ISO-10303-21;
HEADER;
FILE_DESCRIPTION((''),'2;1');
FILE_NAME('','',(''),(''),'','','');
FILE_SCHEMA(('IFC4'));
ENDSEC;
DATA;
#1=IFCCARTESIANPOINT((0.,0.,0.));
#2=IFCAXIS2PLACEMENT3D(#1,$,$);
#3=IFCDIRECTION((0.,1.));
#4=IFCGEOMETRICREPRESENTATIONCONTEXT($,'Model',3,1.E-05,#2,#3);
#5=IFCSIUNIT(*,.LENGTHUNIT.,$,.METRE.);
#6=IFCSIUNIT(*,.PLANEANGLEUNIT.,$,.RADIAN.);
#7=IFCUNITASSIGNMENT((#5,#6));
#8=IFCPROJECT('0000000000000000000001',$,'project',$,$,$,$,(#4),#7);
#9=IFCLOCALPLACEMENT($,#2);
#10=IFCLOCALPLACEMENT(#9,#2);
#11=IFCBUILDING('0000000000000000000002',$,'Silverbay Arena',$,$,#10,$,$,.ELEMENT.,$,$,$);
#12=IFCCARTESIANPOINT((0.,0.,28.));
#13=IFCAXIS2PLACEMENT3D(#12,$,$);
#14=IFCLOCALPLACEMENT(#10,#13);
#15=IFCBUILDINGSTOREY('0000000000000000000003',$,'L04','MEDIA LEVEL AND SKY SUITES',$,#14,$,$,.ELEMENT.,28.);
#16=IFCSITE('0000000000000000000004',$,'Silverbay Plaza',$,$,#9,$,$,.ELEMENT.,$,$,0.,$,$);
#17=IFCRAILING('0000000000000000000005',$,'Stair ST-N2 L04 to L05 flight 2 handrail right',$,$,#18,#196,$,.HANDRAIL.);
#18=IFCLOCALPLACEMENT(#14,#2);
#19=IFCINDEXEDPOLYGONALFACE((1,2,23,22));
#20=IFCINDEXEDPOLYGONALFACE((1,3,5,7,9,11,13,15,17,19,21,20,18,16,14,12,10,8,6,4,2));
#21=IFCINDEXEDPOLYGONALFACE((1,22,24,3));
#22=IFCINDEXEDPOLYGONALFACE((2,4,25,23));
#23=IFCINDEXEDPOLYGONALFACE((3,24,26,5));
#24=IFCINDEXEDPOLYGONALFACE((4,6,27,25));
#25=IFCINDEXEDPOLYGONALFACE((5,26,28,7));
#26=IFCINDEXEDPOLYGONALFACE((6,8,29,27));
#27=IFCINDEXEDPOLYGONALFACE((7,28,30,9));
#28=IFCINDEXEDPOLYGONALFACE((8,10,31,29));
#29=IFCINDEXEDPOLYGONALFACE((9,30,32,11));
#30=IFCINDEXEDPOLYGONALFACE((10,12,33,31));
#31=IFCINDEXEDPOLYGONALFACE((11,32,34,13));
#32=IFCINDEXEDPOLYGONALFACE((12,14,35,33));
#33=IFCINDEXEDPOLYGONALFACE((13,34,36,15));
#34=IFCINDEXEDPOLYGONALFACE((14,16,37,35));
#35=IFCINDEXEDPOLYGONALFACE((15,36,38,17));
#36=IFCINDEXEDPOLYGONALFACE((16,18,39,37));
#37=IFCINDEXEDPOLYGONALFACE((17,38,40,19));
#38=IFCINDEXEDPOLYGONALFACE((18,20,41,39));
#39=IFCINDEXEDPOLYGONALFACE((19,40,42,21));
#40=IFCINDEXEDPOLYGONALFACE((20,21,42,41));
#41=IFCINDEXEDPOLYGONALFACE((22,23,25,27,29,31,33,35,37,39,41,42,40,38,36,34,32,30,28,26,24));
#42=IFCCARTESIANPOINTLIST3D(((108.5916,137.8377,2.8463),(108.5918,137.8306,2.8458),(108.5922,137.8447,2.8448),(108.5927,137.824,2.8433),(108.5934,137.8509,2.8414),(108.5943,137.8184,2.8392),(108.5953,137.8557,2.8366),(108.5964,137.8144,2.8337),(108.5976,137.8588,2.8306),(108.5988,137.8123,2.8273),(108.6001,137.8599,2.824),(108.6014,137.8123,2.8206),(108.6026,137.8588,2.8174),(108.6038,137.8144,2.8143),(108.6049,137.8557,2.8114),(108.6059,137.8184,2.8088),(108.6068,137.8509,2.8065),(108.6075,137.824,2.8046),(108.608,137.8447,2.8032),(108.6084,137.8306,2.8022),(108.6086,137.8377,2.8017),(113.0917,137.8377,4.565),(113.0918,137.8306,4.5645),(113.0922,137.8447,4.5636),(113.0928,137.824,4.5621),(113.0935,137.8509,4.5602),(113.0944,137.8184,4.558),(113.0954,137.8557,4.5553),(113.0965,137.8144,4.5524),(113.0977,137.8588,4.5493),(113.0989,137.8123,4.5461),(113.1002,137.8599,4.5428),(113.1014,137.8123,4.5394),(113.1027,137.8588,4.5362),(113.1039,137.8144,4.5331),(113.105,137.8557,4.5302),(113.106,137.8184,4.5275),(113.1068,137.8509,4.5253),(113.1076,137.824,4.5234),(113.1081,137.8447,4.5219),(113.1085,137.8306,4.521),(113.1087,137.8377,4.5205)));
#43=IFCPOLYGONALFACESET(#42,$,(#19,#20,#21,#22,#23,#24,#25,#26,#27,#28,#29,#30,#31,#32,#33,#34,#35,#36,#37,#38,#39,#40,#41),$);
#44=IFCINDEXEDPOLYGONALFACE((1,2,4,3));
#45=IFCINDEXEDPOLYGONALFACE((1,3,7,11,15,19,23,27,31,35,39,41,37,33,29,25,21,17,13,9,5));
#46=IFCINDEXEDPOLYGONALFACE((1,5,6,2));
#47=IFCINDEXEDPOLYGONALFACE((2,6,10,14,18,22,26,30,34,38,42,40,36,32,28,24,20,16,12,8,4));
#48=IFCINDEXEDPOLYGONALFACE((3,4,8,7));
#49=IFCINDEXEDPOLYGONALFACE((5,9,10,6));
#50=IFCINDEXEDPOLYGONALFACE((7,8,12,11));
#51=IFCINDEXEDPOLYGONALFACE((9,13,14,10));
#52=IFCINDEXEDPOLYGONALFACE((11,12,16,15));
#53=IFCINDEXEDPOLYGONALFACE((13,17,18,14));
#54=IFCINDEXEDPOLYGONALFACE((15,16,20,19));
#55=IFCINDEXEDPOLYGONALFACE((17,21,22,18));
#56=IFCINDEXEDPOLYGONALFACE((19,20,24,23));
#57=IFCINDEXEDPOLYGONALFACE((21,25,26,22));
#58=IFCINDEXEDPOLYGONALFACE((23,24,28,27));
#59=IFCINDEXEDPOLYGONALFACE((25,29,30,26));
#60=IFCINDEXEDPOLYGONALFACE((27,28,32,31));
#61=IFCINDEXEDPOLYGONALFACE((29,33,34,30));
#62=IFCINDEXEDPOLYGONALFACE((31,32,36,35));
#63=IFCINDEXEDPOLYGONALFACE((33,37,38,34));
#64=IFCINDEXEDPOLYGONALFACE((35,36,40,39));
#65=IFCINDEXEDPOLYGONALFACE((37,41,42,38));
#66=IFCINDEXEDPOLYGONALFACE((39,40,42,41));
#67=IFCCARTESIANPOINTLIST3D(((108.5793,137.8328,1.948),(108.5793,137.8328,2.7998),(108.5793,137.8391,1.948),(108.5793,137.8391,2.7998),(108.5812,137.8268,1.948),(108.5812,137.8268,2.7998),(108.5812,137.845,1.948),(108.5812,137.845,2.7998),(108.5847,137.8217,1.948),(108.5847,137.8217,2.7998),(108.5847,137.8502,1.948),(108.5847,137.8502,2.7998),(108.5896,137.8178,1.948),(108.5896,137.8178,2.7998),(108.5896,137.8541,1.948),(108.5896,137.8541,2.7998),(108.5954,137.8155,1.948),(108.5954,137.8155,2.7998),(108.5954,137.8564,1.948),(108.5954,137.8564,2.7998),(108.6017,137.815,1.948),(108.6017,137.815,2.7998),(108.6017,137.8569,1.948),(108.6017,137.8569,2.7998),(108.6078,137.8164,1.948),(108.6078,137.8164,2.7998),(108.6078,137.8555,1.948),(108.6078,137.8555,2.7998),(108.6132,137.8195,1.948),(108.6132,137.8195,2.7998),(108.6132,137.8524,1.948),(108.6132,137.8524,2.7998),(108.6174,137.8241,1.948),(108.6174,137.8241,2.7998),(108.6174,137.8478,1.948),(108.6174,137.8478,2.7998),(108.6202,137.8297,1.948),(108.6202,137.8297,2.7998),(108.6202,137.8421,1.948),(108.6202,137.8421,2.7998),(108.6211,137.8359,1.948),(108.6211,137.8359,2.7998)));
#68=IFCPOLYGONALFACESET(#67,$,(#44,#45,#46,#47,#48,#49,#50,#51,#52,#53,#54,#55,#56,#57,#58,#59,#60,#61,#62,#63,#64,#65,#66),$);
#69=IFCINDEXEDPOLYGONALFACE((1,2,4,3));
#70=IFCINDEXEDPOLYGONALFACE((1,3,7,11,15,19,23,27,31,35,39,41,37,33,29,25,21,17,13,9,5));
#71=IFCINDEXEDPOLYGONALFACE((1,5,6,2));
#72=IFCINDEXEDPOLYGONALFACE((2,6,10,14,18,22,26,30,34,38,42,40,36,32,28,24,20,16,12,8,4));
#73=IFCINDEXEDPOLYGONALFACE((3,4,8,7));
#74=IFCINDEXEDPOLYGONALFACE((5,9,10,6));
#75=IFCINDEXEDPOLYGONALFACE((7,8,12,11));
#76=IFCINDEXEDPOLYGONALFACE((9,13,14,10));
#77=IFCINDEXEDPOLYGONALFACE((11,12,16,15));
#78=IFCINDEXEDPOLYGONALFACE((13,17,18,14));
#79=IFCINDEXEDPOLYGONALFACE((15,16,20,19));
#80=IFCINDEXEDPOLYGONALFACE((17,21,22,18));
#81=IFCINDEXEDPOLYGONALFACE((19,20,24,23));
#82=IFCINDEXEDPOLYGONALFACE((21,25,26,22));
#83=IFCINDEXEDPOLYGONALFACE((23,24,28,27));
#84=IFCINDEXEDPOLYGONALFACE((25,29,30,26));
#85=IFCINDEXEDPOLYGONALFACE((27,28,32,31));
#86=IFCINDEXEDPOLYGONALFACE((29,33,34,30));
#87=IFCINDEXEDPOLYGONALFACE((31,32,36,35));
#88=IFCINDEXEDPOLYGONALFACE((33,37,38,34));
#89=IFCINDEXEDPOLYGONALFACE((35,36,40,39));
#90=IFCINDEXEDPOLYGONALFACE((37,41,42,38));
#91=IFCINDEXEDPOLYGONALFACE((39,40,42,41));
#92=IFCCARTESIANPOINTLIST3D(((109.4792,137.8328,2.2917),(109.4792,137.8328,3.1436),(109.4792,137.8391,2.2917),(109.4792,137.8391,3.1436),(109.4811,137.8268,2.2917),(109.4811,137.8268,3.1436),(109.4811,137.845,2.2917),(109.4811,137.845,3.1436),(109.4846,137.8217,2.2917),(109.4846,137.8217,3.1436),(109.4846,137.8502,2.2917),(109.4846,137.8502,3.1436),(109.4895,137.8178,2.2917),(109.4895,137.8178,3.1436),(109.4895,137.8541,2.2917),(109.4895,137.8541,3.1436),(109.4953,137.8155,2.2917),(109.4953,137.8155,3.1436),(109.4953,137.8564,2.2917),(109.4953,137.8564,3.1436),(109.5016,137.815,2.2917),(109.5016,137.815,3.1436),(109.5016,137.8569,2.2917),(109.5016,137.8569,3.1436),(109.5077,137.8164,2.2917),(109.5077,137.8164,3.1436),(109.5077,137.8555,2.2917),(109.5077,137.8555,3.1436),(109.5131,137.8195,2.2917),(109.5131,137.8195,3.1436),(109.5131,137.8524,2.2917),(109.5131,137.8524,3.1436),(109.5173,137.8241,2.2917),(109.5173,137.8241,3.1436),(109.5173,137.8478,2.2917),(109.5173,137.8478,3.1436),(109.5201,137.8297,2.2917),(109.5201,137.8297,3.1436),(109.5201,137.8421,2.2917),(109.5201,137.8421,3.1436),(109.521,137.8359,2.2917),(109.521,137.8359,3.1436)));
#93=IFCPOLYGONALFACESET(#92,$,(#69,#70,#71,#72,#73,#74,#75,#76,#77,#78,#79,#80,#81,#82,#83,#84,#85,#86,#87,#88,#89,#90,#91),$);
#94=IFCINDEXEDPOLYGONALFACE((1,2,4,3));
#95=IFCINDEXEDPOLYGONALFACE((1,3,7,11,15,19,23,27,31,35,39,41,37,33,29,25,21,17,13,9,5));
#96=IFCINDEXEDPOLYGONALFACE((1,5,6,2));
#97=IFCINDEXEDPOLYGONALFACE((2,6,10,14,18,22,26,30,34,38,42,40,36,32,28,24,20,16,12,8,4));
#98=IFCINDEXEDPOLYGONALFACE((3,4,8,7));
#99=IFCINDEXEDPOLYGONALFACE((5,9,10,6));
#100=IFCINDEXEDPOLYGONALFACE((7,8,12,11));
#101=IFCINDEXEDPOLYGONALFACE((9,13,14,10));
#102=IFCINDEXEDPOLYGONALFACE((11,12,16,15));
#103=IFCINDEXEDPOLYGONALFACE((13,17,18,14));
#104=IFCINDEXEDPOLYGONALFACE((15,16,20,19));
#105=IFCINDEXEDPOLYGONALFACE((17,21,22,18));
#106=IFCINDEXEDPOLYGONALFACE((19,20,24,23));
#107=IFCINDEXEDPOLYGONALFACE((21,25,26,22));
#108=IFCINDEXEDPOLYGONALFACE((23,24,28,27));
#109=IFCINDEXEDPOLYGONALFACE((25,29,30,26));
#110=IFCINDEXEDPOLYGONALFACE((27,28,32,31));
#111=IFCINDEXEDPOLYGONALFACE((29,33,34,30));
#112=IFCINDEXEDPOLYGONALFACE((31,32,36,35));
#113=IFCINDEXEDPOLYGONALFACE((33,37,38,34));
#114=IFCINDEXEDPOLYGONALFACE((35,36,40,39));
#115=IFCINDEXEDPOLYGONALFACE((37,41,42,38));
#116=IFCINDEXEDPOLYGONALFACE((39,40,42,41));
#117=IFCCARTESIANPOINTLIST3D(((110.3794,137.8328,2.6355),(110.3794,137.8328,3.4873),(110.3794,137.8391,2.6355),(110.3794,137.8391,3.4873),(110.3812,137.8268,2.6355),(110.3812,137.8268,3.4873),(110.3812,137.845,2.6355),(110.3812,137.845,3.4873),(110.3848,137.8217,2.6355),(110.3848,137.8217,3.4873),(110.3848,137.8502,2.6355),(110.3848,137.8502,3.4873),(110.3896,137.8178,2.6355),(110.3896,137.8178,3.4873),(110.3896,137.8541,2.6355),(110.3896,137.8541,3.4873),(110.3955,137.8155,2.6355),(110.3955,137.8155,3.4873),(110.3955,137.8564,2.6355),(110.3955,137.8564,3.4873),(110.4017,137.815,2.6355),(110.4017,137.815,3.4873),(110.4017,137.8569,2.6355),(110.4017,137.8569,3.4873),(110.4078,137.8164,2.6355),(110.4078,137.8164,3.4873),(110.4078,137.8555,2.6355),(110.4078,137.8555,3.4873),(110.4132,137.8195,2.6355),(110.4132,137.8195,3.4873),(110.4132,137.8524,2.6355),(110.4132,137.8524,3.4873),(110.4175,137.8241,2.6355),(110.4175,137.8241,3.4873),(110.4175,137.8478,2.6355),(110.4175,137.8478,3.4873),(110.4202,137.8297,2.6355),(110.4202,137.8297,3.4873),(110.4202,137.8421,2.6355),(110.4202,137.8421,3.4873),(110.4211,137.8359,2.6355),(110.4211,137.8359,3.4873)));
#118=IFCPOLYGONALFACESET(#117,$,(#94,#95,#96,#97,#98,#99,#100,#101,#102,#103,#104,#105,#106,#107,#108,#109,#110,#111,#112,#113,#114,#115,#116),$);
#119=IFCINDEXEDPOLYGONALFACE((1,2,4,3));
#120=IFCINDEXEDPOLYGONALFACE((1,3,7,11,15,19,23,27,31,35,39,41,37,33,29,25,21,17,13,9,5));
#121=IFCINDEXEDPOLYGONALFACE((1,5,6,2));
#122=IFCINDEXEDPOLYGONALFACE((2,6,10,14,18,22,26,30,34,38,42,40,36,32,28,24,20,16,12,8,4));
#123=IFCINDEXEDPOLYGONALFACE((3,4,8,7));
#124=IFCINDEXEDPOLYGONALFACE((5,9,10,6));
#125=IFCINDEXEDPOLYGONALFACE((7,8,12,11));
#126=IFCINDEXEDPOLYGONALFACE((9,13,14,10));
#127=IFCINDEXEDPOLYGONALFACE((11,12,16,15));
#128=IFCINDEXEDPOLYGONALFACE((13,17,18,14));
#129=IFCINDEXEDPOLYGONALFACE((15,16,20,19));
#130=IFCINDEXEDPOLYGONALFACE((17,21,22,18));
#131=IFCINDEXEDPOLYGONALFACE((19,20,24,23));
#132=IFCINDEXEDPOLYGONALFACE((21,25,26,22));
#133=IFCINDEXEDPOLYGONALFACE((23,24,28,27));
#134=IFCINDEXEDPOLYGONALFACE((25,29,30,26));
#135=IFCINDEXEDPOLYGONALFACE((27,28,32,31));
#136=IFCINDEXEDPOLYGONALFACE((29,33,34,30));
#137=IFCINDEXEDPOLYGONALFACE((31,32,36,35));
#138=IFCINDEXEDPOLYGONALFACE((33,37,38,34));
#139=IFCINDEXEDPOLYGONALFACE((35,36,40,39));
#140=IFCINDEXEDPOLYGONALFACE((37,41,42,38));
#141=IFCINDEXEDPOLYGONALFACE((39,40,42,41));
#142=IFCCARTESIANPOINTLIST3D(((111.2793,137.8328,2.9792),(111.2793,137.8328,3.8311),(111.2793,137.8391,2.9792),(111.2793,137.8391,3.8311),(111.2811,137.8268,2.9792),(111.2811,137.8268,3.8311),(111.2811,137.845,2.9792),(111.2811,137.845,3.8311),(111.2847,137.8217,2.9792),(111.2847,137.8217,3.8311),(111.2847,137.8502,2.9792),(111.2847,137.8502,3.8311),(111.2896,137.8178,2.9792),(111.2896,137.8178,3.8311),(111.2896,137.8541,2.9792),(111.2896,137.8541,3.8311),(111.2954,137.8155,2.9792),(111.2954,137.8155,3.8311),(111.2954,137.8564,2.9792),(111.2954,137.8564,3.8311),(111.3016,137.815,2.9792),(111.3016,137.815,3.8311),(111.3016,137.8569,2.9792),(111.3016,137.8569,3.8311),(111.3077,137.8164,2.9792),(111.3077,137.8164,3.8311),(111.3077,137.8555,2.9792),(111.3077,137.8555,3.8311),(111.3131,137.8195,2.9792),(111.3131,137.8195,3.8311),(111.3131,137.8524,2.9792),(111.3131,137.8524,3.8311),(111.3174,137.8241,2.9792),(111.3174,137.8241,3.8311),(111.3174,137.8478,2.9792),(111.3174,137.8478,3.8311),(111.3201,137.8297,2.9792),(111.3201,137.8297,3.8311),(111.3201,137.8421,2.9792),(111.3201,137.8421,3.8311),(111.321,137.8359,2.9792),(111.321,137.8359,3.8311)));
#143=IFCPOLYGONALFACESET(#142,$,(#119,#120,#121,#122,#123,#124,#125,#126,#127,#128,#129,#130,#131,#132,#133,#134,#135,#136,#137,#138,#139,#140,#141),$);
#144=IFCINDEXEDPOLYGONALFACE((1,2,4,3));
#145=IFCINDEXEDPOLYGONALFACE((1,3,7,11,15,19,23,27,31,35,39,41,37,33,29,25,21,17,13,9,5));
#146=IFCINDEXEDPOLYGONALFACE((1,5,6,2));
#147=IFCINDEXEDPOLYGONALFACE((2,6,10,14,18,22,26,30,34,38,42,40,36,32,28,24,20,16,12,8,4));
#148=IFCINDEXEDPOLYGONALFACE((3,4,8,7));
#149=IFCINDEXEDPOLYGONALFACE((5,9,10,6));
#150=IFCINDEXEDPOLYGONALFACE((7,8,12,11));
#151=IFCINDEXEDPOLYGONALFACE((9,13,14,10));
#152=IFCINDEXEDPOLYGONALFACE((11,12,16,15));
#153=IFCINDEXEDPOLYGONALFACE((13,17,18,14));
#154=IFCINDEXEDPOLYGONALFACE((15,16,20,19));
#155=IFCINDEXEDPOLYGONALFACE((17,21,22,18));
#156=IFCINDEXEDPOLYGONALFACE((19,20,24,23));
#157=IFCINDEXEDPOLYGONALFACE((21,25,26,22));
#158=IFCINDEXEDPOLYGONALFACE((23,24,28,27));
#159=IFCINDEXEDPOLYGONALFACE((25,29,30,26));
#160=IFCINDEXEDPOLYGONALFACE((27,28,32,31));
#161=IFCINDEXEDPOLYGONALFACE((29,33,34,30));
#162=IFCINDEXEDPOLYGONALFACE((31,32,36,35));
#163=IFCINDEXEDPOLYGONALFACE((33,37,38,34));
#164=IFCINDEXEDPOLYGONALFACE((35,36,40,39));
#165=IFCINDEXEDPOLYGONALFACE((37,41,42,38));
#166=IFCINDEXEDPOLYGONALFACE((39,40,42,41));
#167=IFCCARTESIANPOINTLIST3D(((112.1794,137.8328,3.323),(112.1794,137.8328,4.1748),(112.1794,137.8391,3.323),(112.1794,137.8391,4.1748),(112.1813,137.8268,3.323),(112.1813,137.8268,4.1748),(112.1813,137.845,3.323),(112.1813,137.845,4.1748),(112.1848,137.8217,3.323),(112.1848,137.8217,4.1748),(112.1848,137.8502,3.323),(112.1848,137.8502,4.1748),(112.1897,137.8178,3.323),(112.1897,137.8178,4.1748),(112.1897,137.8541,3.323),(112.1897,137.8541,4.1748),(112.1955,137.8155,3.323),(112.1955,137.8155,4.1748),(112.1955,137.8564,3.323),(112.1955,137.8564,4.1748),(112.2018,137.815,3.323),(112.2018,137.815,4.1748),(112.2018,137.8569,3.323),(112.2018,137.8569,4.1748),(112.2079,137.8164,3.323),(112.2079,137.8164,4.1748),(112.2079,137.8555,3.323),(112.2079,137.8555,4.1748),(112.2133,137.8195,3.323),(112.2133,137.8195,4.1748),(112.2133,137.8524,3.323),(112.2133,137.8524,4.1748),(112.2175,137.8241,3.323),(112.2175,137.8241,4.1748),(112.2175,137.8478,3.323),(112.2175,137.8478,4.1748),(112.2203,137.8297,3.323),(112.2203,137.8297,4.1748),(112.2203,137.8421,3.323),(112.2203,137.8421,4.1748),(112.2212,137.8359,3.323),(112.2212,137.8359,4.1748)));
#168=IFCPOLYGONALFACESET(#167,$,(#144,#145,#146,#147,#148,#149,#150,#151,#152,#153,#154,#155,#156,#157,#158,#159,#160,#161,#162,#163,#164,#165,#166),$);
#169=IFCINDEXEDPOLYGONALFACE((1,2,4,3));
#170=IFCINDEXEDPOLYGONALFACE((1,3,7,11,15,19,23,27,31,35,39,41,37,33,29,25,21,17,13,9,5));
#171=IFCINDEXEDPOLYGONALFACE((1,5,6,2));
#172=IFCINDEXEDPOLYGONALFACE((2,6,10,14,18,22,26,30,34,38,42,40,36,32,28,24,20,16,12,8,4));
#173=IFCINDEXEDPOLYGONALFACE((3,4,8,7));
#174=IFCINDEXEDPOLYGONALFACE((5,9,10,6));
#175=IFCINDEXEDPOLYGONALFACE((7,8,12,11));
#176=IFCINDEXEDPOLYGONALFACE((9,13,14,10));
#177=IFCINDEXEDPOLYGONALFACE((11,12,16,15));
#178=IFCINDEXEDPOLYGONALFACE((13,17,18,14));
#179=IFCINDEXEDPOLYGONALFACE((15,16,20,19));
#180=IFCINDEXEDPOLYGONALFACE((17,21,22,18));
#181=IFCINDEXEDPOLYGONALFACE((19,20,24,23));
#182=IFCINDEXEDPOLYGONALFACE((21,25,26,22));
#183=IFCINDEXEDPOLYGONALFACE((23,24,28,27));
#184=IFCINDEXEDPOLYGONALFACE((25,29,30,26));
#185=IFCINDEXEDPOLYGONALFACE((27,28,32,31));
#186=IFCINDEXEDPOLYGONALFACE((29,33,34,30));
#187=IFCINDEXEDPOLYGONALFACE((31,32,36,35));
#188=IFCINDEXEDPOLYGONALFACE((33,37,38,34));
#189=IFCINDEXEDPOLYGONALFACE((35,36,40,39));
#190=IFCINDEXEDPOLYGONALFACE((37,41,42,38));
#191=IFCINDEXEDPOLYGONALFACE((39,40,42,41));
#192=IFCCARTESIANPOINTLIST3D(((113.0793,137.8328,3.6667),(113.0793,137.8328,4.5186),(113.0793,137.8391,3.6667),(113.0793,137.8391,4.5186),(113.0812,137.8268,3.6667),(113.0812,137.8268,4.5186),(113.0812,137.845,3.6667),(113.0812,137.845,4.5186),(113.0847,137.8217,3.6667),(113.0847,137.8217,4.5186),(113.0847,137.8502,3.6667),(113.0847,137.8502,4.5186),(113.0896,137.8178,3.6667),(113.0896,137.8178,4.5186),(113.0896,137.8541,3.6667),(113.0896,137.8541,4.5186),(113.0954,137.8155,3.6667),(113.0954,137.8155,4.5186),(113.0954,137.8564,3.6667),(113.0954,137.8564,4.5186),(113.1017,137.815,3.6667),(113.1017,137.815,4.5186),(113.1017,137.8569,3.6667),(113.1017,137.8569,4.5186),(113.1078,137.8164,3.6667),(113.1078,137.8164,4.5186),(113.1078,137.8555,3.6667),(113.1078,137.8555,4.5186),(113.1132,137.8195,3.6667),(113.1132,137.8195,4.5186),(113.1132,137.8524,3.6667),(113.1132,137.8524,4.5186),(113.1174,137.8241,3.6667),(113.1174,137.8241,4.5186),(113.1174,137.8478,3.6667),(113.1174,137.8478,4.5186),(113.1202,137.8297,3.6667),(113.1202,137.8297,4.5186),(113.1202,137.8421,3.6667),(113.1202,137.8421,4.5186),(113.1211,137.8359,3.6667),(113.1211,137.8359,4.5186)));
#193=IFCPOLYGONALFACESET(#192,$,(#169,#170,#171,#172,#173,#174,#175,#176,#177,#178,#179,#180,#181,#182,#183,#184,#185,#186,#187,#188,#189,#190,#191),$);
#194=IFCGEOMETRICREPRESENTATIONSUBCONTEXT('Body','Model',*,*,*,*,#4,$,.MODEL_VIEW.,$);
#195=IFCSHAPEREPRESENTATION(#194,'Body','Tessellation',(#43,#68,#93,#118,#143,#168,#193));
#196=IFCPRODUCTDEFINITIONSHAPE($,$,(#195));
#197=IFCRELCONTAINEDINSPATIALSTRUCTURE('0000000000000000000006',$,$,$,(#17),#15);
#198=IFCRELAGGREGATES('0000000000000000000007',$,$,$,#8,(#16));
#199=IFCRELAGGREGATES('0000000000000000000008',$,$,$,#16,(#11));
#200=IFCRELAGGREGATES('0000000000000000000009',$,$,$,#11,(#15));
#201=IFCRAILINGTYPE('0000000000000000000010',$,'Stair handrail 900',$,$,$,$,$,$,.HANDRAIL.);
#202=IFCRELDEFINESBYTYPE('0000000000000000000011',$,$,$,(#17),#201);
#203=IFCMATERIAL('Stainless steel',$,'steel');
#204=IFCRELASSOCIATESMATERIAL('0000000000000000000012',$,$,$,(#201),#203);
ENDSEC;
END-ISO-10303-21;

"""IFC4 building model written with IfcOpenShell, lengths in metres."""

from ifc_helpers import new_model, si_unit, direction, frame, origin, origin_2d, place, context, subcontext, project, spatial, circle, extrude, material, type_object, element, save


model = new_model("IFC4")

# Units and contexts
model_context = context("Model", 3, precision=1e-05, world=origin(), true_north=direction((0.0, 1.0)))
body_context = subcontext(model_context, "Body", "Model", "MODEL_VIEW")
ifc_project = project(units=[si_unit("LENGTHUNIT", "METRE"), si_unit("PLANEANGLEUNIT", "RADIAN")], contexts=[model_context])

# Site, building, storey
site_placement = place(None, origin())
site = spatial("IfcSite", under=ifc_project, at=site_placement, Name="Silverbay Plaza", CompositionType="ELEMENT", RefElevation=0.0)
building_placement = place(site_placement, origin())
building = spatial("IfcBuilding", under=site, at=building_placement, Name="Silverbay Arena", CompositionType="ELEMENT")
storey_placement = place(building_placement, frame((0.0, 0.0, 28.0)))
storey = spatial("IfcBuildingStorey", under=building, at=storey_placement, Name="L04", Description="MEDIA LEVEL AND SKY SUITES", CompositionType="ELEMENT", Elevation=28.0)

# Railing
ifc_material_1 = material(Name="Stainless steel", Category="steel")
railing_type_1 = type_object("IfcRailingType", Name="Stair handrail 900", PredefinedType="HANDRAIL", material=ifc_material_1)
for number, where, name in (
    (1, (108.6001, 137.8359, 1.948), "Stair ST-N2 L04 to L05 flight 2 handrail right"),
):
    element("IfcRailing", number, at=place(storey_placement, frame(where)), inside=storey, type_object=railing_type_1, Name=name, PredefinedType="HANDRAIL", context=body_context, shape_type="SweptSolid", body=[
        extrude(circle(Radius=0.0239, at=origin_2d()), frame((0.0, 0.0, 0.876), z_axis=(0.934179, 0.0, 0.356805), x_axis=(0.0, 1.0, 0.0)), (0.0, 0.0, 1.0), 4.8171),
        extrude(circle(Radius=0.021, at=origin_2d()), origin(), (0.0, 0.0, 1.0), 0.8518),
        extrude(circle(Radius=0.021, at=origin_2d()), frame((0.8999, 0.0, 0.3438)), (0.0, 0.0, 1.0), 0.8518),
        extrude(circle(Radius=0.021, at=origin_2d()), frame((1.8, 0.0, 0.6875)), (0.0, 0.0, 1.0), 0.8518),
        extrude(circle(Radius=0.021, at=origin_2d()), frame((2.7, 0.0, 1.0312)), (0.0, 0.0, 1.0), 0.8518),
        extrude(circle(Radius=0.021, at=origin_2d()), frame((3.6001, 0.0, 1.375)), (0.0, 0.0, 1.0), 0.8518),
        extrude(circle(Radius=0.021, at=origin_2d()), frame((4.5, 0.0, 1.7188)), (0.0, 0.0, 1.0), 0.8518),
    ])

save(model, "model.ifc")
